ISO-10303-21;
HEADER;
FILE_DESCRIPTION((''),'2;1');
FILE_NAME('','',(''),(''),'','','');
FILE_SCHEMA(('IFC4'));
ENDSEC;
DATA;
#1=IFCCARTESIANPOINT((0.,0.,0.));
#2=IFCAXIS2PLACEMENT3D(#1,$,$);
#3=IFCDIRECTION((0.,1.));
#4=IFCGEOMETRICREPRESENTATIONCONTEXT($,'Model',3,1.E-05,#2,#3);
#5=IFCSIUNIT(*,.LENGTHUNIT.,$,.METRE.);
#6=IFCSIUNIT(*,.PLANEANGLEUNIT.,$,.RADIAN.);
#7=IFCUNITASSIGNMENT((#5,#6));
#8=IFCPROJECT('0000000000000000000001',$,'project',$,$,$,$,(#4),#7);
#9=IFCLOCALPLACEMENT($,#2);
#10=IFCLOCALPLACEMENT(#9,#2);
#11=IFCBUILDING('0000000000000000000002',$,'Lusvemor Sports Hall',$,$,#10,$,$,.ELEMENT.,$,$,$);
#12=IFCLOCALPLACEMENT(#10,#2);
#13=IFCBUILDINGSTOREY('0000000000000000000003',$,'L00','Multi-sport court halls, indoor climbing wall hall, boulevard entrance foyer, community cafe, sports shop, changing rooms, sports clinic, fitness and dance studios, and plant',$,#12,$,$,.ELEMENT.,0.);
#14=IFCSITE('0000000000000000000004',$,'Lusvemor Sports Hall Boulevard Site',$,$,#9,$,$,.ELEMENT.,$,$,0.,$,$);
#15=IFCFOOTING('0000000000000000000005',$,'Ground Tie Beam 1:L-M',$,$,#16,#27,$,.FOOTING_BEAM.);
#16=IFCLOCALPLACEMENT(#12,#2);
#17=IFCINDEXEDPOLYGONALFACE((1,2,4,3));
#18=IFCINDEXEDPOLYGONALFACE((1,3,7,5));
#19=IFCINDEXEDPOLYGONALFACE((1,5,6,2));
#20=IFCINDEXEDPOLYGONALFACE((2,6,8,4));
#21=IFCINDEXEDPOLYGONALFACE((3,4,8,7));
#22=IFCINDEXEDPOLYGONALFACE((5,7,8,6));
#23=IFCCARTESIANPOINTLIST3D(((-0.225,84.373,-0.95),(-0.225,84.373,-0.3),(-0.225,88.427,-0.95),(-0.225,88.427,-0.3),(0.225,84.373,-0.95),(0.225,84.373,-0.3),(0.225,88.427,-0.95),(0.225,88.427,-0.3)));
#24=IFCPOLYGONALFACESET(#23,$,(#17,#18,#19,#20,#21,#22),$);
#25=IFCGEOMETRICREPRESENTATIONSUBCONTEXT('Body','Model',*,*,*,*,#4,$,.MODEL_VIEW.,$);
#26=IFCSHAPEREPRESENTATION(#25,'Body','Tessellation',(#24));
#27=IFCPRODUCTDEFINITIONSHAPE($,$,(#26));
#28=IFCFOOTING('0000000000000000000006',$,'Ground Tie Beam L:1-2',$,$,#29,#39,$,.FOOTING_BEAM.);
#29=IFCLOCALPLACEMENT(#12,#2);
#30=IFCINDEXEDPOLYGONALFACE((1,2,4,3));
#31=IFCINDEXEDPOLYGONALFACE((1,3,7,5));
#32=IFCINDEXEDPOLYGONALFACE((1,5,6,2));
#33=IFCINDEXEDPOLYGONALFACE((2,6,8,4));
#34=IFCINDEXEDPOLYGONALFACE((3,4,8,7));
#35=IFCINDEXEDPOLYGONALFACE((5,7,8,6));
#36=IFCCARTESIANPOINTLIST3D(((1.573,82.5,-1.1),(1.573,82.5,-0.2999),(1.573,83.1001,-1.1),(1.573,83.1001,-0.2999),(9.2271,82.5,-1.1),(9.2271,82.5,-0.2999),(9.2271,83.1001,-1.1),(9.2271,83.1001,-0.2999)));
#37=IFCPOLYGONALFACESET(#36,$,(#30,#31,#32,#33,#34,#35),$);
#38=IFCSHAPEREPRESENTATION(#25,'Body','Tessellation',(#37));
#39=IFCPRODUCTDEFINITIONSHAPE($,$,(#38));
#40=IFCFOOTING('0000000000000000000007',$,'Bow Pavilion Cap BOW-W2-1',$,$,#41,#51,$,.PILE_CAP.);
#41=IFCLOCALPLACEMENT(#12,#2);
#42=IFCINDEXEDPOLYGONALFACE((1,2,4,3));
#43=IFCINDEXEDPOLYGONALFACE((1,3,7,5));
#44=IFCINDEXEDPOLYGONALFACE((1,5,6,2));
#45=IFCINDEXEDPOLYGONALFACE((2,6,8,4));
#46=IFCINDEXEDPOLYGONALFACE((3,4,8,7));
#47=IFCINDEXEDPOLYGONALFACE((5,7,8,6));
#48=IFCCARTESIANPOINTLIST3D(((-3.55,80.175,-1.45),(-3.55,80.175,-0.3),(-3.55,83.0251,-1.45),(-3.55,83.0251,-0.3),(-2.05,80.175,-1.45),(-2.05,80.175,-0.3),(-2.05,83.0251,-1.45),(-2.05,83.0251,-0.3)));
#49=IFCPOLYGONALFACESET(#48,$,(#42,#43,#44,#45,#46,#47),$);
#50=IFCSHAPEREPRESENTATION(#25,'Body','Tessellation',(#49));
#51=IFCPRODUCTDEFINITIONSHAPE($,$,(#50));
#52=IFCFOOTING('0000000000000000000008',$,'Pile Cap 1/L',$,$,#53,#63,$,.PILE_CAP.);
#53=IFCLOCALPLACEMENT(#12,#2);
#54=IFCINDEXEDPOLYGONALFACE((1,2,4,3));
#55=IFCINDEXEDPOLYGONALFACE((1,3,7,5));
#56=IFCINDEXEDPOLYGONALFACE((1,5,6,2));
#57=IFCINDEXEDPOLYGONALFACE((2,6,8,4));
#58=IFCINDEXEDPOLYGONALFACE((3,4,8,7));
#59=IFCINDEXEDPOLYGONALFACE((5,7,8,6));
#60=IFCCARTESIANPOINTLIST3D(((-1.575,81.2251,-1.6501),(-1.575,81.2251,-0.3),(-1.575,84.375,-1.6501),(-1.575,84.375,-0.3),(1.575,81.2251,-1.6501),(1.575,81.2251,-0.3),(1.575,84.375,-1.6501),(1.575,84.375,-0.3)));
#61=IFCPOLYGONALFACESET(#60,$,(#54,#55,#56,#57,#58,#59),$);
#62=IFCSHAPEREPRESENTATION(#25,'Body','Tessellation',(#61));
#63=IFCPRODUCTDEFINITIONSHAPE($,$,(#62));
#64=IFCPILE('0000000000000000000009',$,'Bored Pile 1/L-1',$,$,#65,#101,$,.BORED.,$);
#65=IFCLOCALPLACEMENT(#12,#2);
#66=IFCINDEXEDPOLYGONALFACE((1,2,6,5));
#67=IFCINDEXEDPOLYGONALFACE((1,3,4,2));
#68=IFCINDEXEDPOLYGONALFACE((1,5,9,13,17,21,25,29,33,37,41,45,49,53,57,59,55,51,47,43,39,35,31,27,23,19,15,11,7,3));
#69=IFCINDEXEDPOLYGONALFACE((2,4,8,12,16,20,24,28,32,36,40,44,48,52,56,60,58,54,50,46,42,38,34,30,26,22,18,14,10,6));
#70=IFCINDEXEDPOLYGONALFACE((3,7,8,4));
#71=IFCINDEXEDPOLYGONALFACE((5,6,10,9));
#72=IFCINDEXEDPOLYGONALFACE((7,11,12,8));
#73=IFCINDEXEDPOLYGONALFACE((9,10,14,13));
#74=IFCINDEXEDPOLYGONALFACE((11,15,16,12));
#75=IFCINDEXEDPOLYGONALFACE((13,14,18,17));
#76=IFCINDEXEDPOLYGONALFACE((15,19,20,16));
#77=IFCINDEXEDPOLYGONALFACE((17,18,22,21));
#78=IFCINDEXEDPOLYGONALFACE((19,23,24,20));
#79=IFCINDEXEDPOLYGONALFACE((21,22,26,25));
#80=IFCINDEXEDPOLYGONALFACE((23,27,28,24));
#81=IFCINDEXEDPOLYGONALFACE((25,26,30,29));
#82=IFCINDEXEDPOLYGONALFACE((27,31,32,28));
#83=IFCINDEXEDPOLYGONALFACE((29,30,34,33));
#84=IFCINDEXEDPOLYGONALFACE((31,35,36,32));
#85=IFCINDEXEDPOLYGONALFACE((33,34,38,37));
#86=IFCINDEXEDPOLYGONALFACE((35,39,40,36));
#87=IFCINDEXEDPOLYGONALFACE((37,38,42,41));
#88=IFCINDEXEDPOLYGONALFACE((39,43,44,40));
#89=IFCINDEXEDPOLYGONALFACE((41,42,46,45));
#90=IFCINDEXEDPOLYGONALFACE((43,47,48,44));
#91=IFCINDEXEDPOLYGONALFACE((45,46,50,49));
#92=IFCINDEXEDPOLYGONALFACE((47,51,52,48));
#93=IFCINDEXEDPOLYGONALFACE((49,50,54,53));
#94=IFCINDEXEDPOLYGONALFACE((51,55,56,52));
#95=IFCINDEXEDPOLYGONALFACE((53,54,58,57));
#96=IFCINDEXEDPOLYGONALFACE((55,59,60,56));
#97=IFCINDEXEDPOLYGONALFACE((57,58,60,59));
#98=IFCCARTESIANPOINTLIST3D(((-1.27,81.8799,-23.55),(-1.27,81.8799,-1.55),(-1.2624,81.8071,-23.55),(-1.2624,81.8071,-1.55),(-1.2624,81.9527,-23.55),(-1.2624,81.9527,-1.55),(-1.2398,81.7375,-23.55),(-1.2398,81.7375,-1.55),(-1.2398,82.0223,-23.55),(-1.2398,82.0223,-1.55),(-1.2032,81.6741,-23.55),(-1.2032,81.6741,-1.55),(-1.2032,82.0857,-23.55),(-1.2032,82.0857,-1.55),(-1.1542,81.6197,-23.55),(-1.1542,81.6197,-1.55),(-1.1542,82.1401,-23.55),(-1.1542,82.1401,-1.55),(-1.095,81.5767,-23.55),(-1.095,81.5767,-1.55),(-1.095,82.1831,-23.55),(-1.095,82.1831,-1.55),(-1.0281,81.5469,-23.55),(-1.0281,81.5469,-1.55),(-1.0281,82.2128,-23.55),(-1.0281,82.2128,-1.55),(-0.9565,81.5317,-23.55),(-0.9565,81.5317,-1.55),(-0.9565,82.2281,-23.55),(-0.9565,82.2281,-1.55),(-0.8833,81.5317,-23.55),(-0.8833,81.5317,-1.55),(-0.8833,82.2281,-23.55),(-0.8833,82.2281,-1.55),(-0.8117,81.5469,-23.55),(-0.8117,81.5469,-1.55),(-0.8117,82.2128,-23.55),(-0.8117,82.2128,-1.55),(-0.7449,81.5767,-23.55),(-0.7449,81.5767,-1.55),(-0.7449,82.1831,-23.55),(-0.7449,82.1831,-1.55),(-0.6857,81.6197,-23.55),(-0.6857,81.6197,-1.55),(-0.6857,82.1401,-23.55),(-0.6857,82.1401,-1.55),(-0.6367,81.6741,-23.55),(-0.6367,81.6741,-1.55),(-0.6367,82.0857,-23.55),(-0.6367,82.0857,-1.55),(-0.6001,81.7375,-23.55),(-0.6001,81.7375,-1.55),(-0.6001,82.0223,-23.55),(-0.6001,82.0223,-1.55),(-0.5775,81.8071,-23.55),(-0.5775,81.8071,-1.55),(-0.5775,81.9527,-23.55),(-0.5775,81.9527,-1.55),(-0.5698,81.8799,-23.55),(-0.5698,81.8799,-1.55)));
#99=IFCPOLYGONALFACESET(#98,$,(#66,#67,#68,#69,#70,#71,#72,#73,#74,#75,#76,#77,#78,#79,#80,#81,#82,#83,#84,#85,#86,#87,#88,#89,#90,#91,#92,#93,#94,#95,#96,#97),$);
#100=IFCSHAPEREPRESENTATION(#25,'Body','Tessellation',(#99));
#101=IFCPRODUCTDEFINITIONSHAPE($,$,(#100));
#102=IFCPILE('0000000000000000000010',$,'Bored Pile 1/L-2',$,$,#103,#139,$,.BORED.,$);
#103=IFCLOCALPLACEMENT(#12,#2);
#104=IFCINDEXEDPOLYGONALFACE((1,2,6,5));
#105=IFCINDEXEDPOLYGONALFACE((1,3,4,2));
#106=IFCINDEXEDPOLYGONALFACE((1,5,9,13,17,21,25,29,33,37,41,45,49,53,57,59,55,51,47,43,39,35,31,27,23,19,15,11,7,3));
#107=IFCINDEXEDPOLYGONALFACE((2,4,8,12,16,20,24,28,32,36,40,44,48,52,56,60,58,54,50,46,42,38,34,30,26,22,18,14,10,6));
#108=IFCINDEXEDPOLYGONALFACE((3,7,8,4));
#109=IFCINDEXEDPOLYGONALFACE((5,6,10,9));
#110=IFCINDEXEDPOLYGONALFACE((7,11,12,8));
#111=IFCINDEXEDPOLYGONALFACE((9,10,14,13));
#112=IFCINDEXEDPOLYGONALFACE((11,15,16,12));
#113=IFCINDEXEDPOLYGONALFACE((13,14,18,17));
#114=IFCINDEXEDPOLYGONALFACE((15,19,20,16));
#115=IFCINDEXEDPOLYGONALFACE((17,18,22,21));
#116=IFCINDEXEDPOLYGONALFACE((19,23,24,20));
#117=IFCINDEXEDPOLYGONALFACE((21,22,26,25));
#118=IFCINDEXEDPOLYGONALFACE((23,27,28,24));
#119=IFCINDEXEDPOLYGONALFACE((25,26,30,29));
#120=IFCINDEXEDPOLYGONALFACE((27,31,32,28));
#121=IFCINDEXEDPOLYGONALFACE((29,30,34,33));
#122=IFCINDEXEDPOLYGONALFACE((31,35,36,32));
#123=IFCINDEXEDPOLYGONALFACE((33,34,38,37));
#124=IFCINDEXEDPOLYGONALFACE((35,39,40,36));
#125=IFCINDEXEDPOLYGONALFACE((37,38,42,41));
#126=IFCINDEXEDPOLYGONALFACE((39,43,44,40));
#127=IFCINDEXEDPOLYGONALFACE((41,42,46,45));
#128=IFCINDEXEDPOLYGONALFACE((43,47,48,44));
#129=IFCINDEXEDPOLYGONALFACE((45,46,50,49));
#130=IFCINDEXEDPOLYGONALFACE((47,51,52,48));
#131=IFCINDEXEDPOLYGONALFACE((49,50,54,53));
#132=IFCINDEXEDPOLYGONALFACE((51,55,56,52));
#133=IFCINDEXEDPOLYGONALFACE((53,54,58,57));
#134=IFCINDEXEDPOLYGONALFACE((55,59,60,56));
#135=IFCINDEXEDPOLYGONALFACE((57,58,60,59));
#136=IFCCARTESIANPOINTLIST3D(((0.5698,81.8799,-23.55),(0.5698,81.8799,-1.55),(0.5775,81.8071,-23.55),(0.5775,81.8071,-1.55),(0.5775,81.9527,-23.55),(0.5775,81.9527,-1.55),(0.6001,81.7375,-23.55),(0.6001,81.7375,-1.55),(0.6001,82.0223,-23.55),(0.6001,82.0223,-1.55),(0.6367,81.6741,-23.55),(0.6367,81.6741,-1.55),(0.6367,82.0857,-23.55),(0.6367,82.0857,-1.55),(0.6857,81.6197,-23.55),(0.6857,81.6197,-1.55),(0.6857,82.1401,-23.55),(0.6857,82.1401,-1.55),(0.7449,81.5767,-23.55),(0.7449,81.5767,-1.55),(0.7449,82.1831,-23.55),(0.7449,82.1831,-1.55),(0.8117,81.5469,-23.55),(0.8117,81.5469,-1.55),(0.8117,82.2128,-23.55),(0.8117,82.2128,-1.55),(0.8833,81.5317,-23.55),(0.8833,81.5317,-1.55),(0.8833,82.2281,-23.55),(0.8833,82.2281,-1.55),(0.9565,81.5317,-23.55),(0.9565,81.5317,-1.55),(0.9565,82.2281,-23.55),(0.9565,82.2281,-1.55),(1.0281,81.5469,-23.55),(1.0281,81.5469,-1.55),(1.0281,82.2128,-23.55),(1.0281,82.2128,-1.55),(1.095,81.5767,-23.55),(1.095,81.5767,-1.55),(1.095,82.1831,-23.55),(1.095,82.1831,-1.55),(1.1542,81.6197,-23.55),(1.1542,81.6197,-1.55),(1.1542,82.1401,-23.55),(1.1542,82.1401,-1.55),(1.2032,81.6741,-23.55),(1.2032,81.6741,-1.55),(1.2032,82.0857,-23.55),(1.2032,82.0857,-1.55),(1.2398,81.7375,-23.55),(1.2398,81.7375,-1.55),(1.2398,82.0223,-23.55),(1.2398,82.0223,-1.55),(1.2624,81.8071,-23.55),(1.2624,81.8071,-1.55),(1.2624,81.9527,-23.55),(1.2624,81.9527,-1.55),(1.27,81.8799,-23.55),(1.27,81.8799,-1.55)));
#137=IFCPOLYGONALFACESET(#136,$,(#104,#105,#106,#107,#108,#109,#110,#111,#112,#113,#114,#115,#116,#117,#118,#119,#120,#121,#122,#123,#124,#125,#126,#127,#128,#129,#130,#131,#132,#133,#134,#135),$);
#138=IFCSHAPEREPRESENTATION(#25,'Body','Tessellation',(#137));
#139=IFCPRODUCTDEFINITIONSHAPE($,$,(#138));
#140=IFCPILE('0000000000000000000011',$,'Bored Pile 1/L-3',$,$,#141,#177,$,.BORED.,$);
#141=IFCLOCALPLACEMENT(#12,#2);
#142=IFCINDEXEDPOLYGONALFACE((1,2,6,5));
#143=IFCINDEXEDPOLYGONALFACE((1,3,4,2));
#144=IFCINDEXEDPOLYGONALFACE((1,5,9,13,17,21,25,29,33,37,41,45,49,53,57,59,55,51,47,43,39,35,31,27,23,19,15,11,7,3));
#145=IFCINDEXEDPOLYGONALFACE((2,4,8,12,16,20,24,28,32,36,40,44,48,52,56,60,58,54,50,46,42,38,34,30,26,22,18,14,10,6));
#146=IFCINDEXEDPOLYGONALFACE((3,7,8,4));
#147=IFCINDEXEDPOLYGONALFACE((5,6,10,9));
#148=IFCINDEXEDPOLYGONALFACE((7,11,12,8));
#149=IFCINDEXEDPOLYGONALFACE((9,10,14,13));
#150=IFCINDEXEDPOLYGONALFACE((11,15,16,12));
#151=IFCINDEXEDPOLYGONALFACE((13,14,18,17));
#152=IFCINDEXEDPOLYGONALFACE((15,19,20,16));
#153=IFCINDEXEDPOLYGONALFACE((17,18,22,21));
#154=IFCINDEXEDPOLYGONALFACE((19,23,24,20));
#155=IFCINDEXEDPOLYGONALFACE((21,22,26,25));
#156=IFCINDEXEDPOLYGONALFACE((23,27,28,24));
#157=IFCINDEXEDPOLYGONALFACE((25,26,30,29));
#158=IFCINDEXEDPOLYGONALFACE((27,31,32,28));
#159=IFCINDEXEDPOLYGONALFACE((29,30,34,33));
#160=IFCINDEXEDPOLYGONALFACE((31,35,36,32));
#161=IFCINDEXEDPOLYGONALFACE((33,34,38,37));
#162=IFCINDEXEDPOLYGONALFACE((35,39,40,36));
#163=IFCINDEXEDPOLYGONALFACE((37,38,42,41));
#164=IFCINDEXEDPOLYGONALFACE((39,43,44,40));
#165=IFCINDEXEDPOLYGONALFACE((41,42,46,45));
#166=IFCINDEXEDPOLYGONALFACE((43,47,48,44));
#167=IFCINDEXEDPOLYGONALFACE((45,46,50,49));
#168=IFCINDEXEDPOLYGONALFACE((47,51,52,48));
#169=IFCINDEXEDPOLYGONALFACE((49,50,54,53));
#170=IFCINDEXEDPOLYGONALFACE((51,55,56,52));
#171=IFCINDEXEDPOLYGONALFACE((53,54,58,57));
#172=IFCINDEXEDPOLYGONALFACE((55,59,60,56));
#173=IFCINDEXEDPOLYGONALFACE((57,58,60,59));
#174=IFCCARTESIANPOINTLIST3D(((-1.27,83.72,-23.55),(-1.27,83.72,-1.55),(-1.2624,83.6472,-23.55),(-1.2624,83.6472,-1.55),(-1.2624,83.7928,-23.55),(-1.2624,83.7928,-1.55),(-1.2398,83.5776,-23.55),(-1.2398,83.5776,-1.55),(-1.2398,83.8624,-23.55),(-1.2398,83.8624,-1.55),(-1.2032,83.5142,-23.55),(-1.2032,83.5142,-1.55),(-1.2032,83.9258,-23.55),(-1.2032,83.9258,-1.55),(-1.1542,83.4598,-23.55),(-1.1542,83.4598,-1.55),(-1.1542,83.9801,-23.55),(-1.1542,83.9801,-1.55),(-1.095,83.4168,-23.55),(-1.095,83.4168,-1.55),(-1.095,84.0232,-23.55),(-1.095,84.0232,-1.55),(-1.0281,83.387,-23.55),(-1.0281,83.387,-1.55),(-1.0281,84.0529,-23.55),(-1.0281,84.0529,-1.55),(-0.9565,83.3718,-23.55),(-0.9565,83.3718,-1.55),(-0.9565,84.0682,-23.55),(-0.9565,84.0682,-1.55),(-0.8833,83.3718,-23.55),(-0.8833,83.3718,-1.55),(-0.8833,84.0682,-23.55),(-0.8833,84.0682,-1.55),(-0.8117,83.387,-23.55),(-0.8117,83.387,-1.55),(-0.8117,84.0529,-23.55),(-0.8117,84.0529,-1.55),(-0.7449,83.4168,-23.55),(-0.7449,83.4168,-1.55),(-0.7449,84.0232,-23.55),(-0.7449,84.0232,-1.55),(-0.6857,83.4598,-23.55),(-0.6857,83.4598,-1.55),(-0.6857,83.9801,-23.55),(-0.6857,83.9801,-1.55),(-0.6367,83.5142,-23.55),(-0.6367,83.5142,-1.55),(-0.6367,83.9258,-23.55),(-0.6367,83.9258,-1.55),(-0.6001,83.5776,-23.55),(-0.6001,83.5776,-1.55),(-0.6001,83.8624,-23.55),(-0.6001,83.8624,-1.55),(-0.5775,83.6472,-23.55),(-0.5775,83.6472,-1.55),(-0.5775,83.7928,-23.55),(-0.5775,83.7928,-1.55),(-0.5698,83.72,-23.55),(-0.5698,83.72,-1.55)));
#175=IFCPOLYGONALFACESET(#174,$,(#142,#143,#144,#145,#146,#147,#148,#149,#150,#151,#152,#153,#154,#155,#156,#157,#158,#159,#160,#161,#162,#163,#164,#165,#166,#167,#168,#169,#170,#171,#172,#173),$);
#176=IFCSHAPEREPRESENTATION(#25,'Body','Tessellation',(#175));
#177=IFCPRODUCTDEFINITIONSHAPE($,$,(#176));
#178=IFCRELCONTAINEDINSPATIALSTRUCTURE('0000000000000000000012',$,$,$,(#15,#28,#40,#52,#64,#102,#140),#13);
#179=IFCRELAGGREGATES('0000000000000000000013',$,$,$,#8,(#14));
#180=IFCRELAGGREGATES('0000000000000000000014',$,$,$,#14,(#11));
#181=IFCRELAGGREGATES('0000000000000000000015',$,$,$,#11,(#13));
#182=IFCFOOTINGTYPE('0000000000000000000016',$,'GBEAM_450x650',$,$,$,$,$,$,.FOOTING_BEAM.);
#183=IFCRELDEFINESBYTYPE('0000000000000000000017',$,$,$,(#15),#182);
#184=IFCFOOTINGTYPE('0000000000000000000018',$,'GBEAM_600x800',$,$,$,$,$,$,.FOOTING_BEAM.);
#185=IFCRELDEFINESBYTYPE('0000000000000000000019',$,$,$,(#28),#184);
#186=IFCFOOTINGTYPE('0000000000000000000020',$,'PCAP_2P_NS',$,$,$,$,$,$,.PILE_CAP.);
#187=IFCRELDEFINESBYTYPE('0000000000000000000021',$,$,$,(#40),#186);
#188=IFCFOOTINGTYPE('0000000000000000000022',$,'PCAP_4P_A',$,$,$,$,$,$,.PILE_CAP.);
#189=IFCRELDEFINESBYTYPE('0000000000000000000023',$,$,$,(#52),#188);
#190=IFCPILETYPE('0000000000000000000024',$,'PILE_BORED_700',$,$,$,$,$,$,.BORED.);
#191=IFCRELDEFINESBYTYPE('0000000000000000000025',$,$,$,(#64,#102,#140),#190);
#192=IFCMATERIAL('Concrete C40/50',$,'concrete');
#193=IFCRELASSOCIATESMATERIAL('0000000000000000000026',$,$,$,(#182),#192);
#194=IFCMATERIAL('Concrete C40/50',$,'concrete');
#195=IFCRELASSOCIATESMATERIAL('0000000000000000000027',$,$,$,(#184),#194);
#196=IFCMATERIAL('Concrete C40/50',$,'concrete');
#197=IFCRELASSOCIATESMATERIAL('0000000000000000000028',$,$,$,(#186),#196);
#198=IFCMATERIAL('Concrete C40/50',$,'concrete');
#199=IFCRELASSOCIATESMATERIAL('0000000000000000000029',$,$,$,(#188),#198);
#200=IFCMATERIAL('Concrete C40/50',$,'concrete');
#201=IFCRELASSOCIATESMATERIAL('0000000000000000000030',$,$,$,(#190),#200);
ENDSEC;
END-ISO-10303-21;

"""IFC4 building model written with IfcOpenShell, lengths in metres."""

from ifc_helpers import new_model, si_unit, direction, frame, origin, origin_2d, place, context, subcontext, project, spatial, rectangle, circle, extrude, material, material_profile, profile_set, type_object, element, save


model = new_model("IFC4")

# Units and contexts
model_context = context("Model", 3, precision=1e-05, world=origin(), true_north=direction((0.0, 1.0)))
body_context = subcontext(model_context, "Body", "Model", "MODEL_VIEW")
ifc_project = project(units=[si_unit("LENGTHUNIT", "METRE"), si_unit("PLANEANGLEUNIT", "RADIAN")], contexts=[model_context])

# Site, building, storey
site_placement = place(None, origin())
site = spatial("IfcSite", under=ifc_project, at=site_placement, Name="Lusvemor Sports Hall Boulevard Site", CompositionType="ELEMENT", RefElevation=0.0)
building_placement = place(site_placement, origin())
building = spatial("IfcBuilding", under=site, at=building_placement, Name="Lusvemor Sports Hall", CompositionType="ELEMENT")
storey_placement = place(building_placement, origin())
storey = spatial("IfcBuildingStorey", under=building, at=storey_placement, Name="L00", Description="Multi-sport court halls, indoor climbing wall hall, boulevard entrance foyer, community cafe, sports shop, changing rooms, sports clinic, fitness and dance studios, and plant", CompositionType="ELEMENT", Elevation=0.0)

# Footings
ifc_material_1 = material(Name="Concrete C40/50", Category="concrete")
ifc_material_profile_1 = material_profile(ifc_material_1, rectangle(XDim=0.45, YDim=0.6499, at=origin_2d()), Name="GB_450x650")
ifc_profile_set_1 = profile_set([ifc_material_profile_1], Name="Concrete C40/50")
footing_type_1 = type_object("IfcFootingType", Name="GBEAM_450x650", PredefinedType="FOOTING_BEAM", material=ifc_profile_set_1)
footing_1_placement = place(storey_placement, frame((0.0, 84.373, -0.625), z_axis=(0.0, 1.0, 0.0), x_axis=(-1.0, 0.0, 0.0)))
element("IfcFooting", 1, at=footing_1_placement, inside=storey, type_object=footing_type_1, Name="Ground Tie Beam 1:L-M", PredefinedType="FOOTING_BEAM", context=body_context, shape_type="SweptSolid", body=[
    extrude(rectangle(XDim=0.45, YDim=0.6499, at=origin_2d()), origin(), (0.0, 0.0, 1.0), 4.054),
])
ifc_material_2 = material(Name="Concrete C40/50", Category="concrete")
ifc_material_profile_2 = material_profile(ifc_material_2, rectangle(XDim=0.6001, YDim=0.8, at=origin_2d()), Name="GB_600x800")
ifc_profile_set_2 = profile_set([ifc_material_profile_2], Name="Concrete C40/50")
footing_type_2 = type_object("IfcFootingType", Name="GBEAM_600x800", PredefinedType="FOOTING_BEAM", material=ifc_profile_set_2)
footing_2_placement = place(storey_placement, frame((1.573, 82.8, -0.7), z_axis=(1.0, 0.0, 0.0), x_axis=(0.0, 1.0, 0.0)))
element("IfcFooting", 2, at=footing_2_placement, inside=storey, type_object=footing_type_2, Name="Ground Tie Beam L:1-2", PredefinedType="FOOTING_BEAM", context=body_context, shape_type="SweptSolid", body=[
    extrude(rectangle(XDim=0.6001, YDim=0.8, at=origin_2d()), origin(), (0.0, 0.0, 1.0), 7.6541),
])
ifc_material_3 = material(Name="Concrete C40/50", Category="concrete")
footing_type_3 = type_object("IfcFootingType", Name="PCAP_2P_NS", PredefinedType="PILE_CAP", material=ifc_material_3)
footing_3_placement = place(storey_placement, frame((-2.8, 81.6001, -1.45), z_axis=(0.0, 0.0, 1.0), x_axis=(1.0, 0.0, 0.0)))
element("IfcFooting", 3, at=footing_3_placement, inside=storey, type_object=footing_type_3, Name="Bow Pavilion Cap BOW-W2-1", PredefinedType="PILE_CAP", context=body_context, shape_type="SweptSolid", body=[
    extrude(rectangle(XDim=1.5, YDim=2.8501, at=origin_2d()), origin(), (0.0, 0.0, 1.0), 1.1499),
])
ifc_material_4 = material(Name="Concrete C40/50", Category="concrete")
footing_type_4 = type_object("IfcFootingType", Name="PCAP_4P_A", PredefinedType="PILE_CAP", material=ifc_material_4)
footing_4_placement = place(storey_placement, frame((0.0, 82.8, -1.6501), z_axis=(0.0, 0.0, 1.0), x_axis=(1.0, 0.0, 0.0)))
element("IfcFooting", 4, at=footing_4_placement, inside=storey, type_object=footing_type_4, Name="Pile Cap 1/L", PredefinedType="PILE_CAP", context=body_context, shape_type="SweptSolid", body=[
    extrude(rectangle(XDim=3.1499, YDim=3.1499, at=origin_2d()), origin(), (0.0, 0.0, 1.0), 1.3501),
])

# Piles
ifc_material_5 = material(Name="Concrete C40/50", Category="concrete")
ifc_material_profile_3 = material_profile(ifc_material_5, circle(Radius=0.3501, at=origin_2d()), Name="PILE700")
ifc_profile_set_3 = profile_set([ifc_material_profile_3], Name="Concrete C40/50")
pile_type = type_object("IfcPileType", Name="PILE_BORED_700", PredefinedType="BORED", material=ifc_profile_set_3)
for number, where, z_axis, x_axis, name in (
    (5, (-0.9199, 81.8799, -1.55), (0.0, 0.0, -1.0), (1.0, 0.0, 0.0), "Bored Pile 1/L-1"),
    (6, (0.9199, 81.8799, -1.55), (0.0, 0.0, -1.0), (1.0, 0.0, 0.0), "Bored Pile 1/L-2"),
    (7, (-0.9199, 83.72, -1.55), (0.0, 0.0, -1.0), (1.0, 0.0, 0.0), "Bored Pile 1/L-3"),
):
    element("IfcPile", number, at=place(storey_placement, frame(where, z_axis=z_axis, x_axis=x_axis)), inside=storey, type_object=pile_type, Name=name, PredefinedType="BORED", context=body_context, shape_type="SweptSolid", body=[
        extrude(circle(Radius=0.3501, at=origin_2d()), origin(), (0.0, 0.0, 1.0), 22.0),
    ])

save(model, "model.ifc")
